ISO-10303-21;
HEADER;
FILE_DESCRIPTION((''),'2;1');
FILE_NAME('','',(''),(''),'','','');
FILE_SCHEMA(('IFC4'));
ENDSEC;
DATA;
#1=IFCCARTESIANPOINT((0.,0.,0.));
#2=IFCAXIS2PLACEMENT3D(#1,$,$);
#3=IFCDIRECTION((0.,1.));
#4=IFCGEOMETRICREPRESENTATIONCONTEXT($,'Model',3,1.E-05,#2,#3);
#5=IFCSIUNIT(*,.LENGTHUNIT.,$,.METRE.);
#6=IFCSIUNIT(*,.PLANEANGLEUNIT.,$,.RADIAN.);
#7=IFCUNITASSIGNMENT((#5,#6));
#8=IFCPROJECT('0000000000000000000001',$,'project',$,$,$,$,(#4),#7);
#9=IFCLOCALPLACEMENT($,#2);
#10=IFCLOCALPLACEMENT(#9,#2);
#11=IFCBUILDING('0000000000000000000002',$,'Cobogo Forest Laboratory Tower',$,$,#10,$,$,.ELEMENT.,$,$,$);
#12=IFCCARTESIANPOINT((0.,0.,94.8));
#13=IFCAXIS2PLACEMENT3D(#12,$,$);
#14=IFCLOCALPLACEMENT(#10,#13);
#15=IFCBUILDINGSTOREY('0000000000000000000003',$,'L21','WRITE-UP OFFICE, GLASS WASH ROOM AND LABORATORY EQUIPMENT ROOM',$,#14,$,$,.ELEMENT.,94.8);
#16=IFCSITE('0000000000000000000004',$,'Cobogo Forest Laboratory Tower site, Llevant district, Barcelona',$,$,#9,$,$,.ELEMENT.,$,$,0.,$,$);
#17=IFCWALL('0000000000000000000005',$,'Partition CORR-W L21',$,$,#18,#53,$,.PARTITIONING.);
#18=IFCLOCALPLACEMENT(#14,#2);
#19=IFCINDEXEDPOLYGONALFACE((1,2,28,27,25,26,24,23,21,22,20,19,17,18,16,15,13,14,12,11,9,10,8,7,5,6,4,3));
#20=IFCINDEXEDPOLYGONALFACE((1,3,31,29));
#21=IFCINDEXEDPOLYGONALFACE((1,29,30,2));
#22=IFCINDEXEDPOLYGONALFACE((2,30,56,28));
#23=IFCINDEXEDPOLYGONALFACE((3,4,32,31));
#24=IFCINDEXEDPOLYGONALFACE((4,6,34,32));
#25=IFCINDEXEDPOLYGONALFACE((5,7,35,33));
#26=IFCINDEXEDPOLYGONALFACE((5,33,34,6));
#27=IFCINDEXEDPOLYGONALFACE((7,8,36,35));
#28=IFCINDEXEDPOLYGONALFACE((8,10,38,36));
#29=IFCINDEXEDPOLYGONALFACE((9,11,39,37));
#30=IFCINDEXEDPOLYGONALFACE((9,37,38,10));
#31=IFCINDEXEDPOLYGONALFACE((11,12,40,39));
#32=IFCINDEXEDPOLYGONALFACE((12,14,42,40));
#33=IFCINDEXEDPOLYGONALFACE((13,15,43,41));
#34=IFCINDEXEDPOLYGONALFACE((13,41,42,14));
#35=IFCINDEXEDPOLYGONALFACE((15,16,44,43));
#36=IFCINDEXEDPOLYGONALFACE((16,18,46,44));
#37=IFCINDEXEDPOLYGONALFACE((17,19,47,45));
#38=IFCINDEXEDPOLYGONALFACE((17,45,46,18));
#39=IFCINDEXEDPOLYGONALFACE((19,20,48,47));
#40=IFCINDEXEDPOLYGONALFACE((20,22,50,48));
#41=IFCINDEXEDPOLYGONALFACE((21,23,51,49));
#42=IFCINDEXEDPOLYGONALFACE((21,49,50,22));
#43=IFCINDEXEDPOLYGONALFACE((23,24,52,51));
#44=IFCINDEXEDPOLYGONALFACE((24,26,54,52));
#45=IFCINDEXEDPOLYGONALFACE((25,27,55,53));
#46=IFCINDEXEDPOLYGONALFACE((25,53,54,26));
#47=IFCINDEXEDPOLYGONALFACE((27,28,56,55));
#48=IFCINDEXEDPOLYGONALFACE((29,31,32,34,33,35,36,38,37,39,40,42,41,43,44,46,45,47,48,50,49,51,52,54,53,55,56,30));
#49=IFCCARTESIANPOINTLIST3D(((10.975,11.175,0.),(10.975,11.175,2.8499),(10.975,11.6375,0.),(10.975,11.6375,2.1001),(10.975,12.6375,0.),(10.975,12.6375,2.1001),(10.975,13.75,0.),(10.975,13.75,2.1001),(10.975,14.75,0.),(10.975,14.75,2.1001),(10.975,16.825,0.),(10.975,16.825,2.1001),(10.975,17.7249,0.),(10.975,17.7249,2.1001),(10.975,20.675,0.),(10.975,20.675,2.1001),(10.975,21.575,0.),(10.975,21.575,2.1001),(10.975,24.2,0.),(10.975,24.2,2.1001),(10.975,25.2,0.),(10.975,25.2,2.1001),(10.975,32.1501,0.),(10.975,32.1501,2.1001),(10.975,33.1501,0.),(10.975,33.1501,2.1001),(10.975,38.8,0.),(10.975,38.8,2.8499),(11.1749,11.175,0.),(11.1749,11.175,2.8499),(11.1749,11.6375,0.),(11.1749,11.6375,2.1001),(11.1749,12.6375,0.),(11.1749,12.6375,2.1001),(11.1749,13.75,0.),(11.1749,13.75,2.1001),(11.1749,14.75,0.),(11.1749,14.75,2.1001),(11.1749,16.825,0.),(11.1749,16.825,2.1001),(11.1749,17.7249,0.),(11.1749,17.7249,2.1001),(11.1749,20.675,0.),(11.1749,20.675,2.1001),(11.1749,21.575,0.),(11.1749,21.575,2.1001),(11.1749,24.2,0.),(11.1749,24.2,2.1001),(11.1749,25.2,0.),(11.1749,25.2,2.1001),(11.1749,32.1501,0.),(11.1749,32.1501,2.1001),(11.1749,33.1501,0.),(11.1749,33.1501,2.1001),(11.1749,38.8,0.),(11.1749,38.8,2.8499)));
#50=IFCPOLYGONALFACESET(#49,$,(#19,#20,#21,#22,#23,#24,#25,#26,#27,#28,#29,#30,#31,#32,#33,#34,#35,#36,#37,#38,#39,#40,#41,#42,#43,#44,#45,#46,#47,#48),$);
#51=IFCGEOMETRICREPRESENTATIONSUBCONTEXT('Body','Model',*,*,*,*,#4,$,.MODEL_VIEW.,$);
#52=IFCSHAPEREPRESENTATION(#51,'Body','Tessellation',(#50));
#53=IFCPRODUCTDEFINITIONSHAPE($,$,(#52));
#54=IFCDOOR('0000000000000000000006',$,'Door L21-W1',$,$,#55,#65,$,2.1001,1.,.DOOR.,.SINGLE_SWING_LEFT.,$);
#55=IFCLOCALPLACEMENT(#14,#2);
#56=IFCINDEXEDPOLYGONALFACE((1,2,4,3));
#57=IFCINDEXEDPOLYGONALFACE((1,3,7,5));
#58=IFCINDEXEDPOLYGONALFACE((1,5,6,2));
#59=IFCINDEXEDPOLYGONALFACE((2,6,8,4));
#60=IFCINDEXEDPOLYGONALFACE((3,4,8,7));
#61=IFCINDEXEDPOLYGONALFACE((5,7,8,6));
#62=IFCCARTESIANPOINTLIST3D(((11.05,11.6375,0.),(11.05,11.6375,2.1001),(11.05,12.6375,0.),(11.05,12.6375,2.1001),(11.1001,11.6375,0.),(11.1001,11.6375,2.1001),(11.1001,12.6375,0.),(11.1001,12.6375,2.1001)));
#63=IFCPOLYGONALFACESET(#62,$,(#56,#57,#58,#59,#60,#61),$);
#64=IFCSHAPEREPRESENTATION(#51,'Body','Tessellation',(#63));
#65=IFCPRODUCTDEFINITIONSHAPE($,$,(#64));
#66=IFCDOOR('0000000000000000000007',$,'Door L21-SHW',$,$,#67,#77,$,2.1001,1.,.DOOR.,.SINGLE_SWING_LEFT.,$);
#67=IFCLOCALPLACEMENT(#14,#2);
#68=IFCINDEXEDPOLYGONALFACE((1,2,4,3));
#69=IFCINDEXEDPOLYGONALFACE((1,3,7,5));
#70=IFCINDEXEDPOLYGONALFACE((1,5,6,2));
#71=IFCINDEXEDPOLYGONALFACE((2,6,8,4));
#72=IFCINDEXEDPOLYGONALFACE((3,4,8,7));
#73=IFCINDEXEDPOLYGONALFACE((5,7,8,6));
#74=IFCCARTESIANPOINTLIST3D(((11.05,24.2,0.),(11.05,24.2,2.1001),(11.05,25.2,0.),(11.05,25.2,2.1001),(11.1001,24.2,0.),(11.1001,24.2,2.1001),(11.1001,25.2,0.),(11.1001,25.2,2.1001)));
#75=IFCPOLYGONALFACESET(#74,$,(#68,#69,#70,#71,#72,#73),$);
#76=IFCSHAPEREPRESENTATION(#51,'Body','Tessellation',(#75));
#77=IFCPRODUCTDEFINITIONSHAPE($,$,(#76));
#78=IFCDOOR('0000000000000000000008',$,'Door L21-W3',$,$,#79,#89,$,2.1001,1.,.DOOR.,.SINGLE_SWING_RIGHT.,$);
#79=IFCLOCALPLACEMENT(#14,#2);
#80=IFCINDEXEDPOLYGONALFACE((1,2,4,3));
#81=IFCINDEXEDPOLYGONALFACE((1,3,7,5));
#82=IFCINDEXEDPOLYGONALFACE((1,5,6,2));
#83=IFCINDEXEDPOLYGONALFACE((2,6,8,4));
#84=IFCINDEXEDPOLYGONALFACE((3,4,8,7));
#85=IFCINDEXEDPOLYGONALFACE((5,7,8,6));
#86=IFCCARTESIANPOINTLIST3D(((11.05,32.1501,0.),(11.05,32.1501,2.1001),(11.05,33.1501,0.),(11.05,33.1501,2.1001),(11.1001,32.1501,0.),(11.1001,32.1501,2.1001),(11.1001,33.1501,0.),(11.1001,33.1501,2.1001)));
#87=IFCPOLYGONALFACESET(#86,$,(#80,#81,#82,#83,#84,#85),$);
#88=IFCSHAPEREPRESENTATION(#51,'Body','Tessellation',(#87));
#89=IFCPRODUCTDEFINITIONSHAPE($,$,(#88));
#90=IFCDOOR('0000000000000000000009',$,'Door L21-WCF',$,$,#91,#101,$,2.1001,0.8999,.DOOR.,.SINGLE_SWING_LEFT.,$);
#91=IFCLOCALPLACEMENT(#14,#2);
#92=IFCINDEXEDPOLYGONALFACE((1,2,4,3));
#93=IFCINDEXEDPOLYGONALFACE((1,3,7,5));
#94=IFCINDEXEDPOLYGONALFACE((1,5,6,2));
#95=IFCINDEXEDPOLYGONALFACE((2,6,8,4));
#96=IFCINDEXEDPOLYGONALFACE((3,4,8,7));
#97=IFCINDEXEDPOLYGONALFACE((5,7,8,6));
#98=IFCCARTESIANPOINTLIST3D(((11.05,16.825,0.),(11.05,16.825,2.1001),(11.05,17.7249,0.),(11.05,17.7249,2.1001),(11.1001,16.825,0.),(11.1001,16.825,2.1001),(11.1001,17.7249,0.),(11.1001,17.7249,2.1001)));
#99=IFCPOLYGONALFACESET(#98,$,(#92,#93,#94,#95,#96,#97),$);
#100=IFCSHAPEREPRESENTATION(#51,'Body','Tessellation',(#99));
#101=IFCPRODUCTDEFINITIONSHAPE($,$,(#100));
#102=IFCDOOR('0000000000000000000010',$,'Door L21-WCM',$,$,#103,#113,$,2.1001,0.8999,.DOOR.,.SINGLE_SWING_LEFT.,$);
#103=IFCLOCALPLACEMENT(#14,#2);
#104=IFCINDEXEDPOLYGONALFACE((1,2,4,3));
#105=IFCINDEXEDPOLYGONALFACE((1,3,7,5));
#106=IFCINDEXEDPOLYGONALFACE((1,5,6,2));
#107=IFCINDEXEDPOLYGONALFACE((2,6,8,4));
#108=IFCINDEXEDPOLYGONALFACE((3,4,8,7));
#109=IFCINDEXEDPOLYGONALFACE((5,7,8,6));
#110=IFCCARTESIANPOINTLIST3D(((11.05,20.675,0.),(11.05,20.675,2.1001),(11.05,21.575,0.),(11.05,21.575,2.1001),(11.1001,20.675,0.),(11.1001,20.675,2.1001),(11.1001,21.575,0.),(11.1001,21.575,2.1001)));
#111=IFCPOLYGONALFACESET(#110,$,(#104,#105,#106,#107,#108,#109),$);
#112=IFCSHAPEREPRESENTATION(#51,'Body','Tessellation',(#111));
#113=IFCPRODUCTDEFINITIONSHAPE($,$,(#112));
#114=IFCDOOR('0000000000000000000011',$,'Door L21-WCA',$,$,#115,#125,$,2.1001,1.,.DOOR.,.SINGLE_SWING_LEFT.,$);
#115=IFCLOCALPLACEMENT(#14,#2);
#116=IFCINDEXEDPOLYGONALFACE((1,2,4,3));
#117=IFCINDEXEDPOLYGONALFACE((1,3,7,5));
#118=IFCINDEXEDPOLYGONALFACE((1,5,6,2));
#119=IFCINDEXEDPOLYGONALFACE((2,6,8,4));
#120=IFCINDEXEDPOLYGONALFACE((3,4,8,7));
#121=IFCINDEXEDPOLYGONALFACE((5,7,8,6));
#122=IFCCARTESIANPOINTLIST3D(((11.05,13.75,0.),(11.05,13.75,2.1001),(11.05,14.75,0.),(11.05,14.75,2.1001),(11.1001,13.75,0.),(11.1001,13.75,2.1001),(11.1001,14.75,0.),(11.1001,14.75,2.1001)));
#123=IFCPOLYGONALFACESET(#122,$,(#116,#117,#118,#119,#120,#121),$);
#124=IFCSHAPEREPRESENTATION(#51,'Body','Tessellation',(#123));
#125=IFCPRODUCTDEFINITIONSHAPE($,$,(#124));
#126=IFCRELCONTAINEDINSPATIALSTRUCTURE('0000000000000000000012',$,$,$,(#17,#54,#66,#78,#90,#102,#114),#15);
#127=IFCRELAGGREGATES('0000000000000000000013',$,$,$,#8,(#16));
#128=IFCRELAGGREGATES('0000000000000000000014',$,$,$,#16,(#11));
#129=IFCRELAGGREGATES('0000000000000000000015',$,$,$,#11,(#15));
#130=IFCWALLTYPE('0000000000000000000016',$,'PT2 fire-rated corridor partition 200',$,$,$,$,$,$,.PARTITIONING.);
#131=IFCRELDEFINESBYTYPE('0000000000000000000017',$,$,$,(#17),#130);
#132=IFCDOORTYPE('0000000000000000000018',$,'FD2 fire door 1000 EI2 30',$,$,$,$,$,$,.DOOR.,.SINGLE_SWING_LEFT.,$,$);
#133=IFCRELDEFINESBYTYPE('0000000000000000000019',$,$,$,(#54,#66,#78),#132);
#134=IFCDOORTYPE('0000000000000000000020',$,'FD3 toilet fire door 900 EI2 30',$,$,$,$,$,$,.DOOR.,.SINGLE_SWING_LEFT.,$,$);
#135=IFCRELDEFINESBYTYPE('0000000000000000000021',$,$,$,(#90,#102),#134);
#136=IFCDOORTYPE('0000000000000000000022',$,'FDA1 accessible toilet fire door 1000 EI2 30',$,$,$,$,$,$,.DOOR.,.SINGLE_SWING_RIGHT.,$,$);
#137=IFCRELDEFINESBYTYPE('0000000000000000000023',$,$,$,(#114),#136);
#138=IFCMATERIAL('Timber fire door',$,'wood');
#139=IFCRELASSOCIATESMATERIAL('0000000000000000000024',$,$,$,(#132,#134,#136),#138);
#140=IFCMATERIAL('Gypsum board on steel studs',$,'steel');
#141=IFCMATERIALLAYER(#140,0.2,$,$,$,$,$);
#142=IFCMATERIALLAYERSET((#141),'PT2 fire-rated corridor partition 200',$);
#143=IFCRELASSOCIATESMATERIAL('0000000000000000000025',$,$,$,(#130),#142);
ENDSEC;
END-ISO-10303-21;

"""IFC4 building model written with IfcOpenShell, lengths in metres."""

from ifc_helpers import new_model, si_unit, direction, frame, frame_2d, origin, place, context, subcontext, project, spatial, rectangle, extrude, material, layer, layer_set, type_object, element, fill, save


model = new_model("IFC4")

# Units and contexts
model_context = context("Model", 3, precision=1e-05, world=origin(), true_north=direction((0.0, 1.0)))
body_context = subcontext(model_context, "Body", "Model", "MODEL_VIEW")
ifc_project = project(units=[si_unit("LENGTHUNIT", "METRE"), si_unit("PLANEANGLEUNIT", "RADIAN")], contexts=[model_context])

# Site, building, storey
site_placement = place(None, origin())
site = spatial("IfcSite", under=ifc_project, at=site_placement, Name="Cobogo Forest Laboratory Tower site, Llevant district, Barcelona", CompositionType="ELEMENT", RefElevation=0.0)
building_placement = place(site_placement, origin())
building = spatial("IfcBuilding", under=site, at=building_placement, Name="Cobogo Forest Laboratory Tower", CompositionType="ELEMENT")
storey_placement = place(building_placement, frame((0.0, 0.0, 94.8)))
storey = spatial("IfcBuildingStorey", under=building, at=storey_placement, Name="L21", Description="WRITE-UP OFFICE, GLASS WASH ROOM AND LABORATORY EQUIPMENT ROOM", CompositionType="ELEMENT", Elevation=94.8)

# Shared definitions
ifc_material_1 = material(Name="Gypsum board on steel studs", Category="steel")

# Shared definitions
ifc_material_2 = material(Name="Timber fire door", Category="wood")
door_type_1 = type_object("IfcDoorType", Name="FD2 fire door 1000 EI2 30", OperationType="SINGLE_SWING_LEFT", PredefinedType="DOOR", material=ifc_material_2)

# Wall, openings, doors
ifc_layer_1 = layer(ifc_material_1, 0.2)
ifc_layer_set_1 = layer_set([ifc_layer_1], Name="PT2 fire-rated corridor partition 200")
wall_type_1 = type_object("IfcWallType", Name="PT2 fire-rated corridor partition 200", PredefinedType="PARTITIONING", material=ifc_layer_set_1)
wall_1_placement = place(storey_placement, frame((11.075, 11.175, 0.0), z_axis=(0.0, 0.0, 1.0), x_axis=(0.0, 1.0, 0.0)))
wall_1 = element("IfcWall", 1, at=wall_1_placement, inside=storey, type_object=wall_type_1, Name="Partition CORR-W L21", PredefinedType="PARTITIONING", context=body_context, shape_type="SweptSolid", body=[
    extrude(rectangle(XDim=27.625, YDim=0.2, at=frame_2d((13.8125, 0.0))), origin(), (0.0, 0.0, 1.0), 2.8499),
])
opening_1_placement = place(wall_1_placement, frame((0.4624, 0.0, 0.0)))
opening_1 = element("IfcOpeningElement", 2, at=opening_1_placement, cuts=wall_1, PredefinedType="OPENING", context=body_context, shape_type="SweptSolid", body=[
    extrude(rectangle(XDim=1.0, YDim=2.1001, at=frame_2d((0.5, 1.05))), frame((0.0, 0.1099, 0.0), z_axis=(0.0, -1.0, 0.0), x_axis=(1.0, 0.0, 0.0)), (0.0, 0.0, 1.0), 0.22),
])
opening_2_placement = place(wall_1_placement, frame((2.575, 0.0, 0.0)))
opening_2 = element("IfcOpeningElement", 3, at=opening_2_placement, cuts=wall_1, PredefinedType="OPENING", context=body_context, shape_type="SweptSolid", body=[
    extrude(rectangle(XDim=1.0, YDim=2.1001, at=frame_2d((0.5, 1.05))), frame((0.0, 0.1099, 0.0), z_axis=(0.0, -1.0, 0.0), x_axis=(1.0, 0.0, 0.0)), (0.0, 0.0, 1.0), 0.22),
])
opening_3_placement = place(wall_1_placement, frame((5.6499, 0.0, 0.0)))
opening_3 = element("IfcOpeningElement", 4, at=opening_3_placement, cuts=wall_1, PredefinedType="OPENING", context=body_context, shape_type="SweptSolid", body=[
    extrude(rectangle(XDim=0.8999, YDim=2.1001, at=frame_2d((0.45, 1.05))), frame((0.0, 0.1099, 0.0), z_axis=(0.0, -1.0, 0.0), x_axis=(1.0, 0.0, 0.0)), (0.0, 0.0, 1.0), 0.22),
])
opening_4_placement = place(wall_1_placement, frame((9.5, 0.0, 0.0)))
opening_4 = element("IfcOpeningElement", 5, at=opening_4_placement, cuts=wall_1, PredefinedType="OPENING", context=body_context, shape_type="SweptSolid", body=[
    extrude(rectangle(XDim=0.8999, YDim=2.1001, at=frame_2d((0.45, 1.05))), frame((0.0, 0.1099, 0.0), z_axis=(0.0, -1.0, 0.0), x_axis=(1.0, 0.0, 0.0)), (0.0, 0.0, 1.0), 0.22),
])
opening_5_placement = place(wall_1_placement, frame((13.0249, 0.0, 0.0)))
opening_5 = element("IfcOpeningElement", 6, at=opening_5_placement, cuts=wall_1, PredefinedType="OPENING", context=body_context, shape_type="SweptSolid", body=[
    extrude(rectangle(XDim=1.0, YDim=2.1001, at=frame_2d((0.5, 1.05))), frame((0.0, 0.1099, 0.0), z_axis=(0.0, -1.0, 0.0), x_axis=(1.0, 0.0, 0.0)), (0.0, 0.0, 1.0), 0.22),
])
opening_6_placement = place(wall_1_placement, frame((20.9751, 0.0, 0.0)))
opening_6 = element("IfcOpeningElement", 7, at=opening_6_placement, cuts=wall_1, PredefinedType="OPENING", context=body_context, shape_type="SweptSolid", body=[
    extrude(rectangle(XDim=1.0, YDim=2.1001, at=frame_2d((0.5, 1.05))), frame((0.0, 0.1099, 0.0), z_axis=(0.0, -1.0, 0.0), x_axis=(1.0, 0.0, 0.0)), (0.0, 0.0, 1.0), 0.22),
])
door_1_placement = place(opening_1_placement, origin())
door_1 = element("IfcDoor", 8, at=door_1_placement, inside=storey, type_object=door_type_1, Name="Door L21-W1", OperationType="SINGLE_SWING_LEFT", OverallHeight=2.1001, OverallWidth=1.0, PredefinedType="DOOR", context=body_context, shape_type="SweptSolid", body=[
    extrude(rectangle(XDim=1.0, YDim=2.1001, at=frame_2d((0.5, 1.05))), frame((0.0, 0.0249, 0.0), z_axis=(0.0, -1.0, 0.0), x_axis=(1.0, 0.0, 0.0)), (0.0, 0.0, 1.0), 0.05),
])
fill(opening_1, door_1)
door_2_placement = place(opening_5_placement, origin())
door_2 = element("IfcDoor", 9, at=door_2_placement, inside=storey, type_object=door_type_1, Name="Door L21-SHW", OperationType="SINGLE_SWING_LEFT", OverallHeight=2.1001, OverallWidth=1.0, PredefinedType="DOOR", context=body_context, shape_type="SweptSolid", body=[
    extrude(rectangle(XDim=1.0, YDim=2.1001, at=frame_2d((0.5, 1.05))), frame((0.0, 0.0249, 0.0), z_axis=(0.0, -1.0, 0.0), x_axis=(1.0, 0.0, 0.0)), (0.0, 0.0, 1.0), 0.05),
])
fill(opening_5, door_2)
door_3_placement = place(opening_6_placement, origin())
door_3 = element("IfcDoor", 10, at=door_3_placement, inside=storey, type_object=door_type_1, Name="Door L21-W3", OperationType="SINGLE_SWING_RIGHT", OverallHeight=2.1001, OverallWidth=1.0, PredefinedType="DOOR", context=body_context, shape_type="SweptSolid", body=[
    extrude(rectangle(XDim=1.0, YDim=2.1001, at=frame_2d((0.5, 1.05))), frame((0.0, 0.0249, 0.0), z_axis=(0.0, -1.0, 0.0), x_axis=(1.0, 0.0, 0.0)), (0.0, 0.0, 1.0), 0.05),
])
fill(opening_6, door_3)
door_type_2 = type_object("IfcDoorType", Name="FD3 toilet fire door 900 EI2 30", OperationType="SINGLE_SWING_LEFT", PredefinedType="DOOR", material=ifc_material_2)
door_4_placement = place(opening_3_placement, origin())
door_4 = element("IfcDoor", 11, at=door_4_placement, inside=storey, type_object=door_type_2, Name="Door L21-WCF", OperationType="SINGLE_SWING_LEFT", OverallHeight=2.1001, OverallWidth=0.8999, PredefinedType="DOOR", context=body_context, shape_type="SweptSolid", body=[
    extrude(rectangle(XDim=0.8999, YDim=2.1001, at=frame_2d((0.45, 1.05))), frame((0.0, 0.0249, 0.0), z_axis=(0.0, -1.0, 0.0), x_axis=(1.0, 0.0, 0.0)), (0.0, 0.0, 1.0), 0.05),
])
fill(opening_3, door_4)
door_5_placement = place(opening_4_placement, origin())
door_5 = element("IfcDoor", 12, at=door_5_placement, inside=storey, type_object=door_type_2, Name="Door L21-WCM", OperationType="SINGLE_SWING_LEFT", OverallHeight=2.1001, OverallWidth=0.8999, PredefinedType="DOOR", context=body_context, shape_type="SweptSolid", body=[
    extrude(rectangle(XDim=0.8999, YDim=2.1001, at=frame_2d((0.45, 1.05))), frame((0.0, 0.0249, 0.0), z_axis=(0.0, -1.0, 0.0), x_axis=(1.0, 0.0, 0.0)), (0.0, 0.0, 1.0), 0.05),
])
fill(opening_4, door_5)
door_type_3 = type_object("IfcDoorType", Name="FDA1 accessible toilet fire door 1000 EI2 30", OperationType="SINGLE_SWING_RIGHT", PredefinedType="DOOR", material=ifc_material_2)
door_6_placement = place(opening_2_placement, origin())
door_6 = element("IfcDoor", 13, at=door_6_placement, inside=storey, type_object=door_type_3, Name="Door L21-WCA", OperationType="SINGLE_SWING_LEFT", OverallHeight=2.1001, OverallWidth=1.0, PredefinedType="DOOR", context=body_context, shape_type="SweptSolid", body=[
    extrude(rectangle(XDim=1.0, YDim=2.1001, at=frame_2d((0.5, 1.05))), frame((0.0, 0.0249, 0.0), z_axis=(0.0, -1.0, 0.0), x_axis=(1.0, 0.0, 0.0)), (0.0, 0.0, 1.0), 0.05),
])
fill(opening_2, door_6)

save(model, "model.ifc")
